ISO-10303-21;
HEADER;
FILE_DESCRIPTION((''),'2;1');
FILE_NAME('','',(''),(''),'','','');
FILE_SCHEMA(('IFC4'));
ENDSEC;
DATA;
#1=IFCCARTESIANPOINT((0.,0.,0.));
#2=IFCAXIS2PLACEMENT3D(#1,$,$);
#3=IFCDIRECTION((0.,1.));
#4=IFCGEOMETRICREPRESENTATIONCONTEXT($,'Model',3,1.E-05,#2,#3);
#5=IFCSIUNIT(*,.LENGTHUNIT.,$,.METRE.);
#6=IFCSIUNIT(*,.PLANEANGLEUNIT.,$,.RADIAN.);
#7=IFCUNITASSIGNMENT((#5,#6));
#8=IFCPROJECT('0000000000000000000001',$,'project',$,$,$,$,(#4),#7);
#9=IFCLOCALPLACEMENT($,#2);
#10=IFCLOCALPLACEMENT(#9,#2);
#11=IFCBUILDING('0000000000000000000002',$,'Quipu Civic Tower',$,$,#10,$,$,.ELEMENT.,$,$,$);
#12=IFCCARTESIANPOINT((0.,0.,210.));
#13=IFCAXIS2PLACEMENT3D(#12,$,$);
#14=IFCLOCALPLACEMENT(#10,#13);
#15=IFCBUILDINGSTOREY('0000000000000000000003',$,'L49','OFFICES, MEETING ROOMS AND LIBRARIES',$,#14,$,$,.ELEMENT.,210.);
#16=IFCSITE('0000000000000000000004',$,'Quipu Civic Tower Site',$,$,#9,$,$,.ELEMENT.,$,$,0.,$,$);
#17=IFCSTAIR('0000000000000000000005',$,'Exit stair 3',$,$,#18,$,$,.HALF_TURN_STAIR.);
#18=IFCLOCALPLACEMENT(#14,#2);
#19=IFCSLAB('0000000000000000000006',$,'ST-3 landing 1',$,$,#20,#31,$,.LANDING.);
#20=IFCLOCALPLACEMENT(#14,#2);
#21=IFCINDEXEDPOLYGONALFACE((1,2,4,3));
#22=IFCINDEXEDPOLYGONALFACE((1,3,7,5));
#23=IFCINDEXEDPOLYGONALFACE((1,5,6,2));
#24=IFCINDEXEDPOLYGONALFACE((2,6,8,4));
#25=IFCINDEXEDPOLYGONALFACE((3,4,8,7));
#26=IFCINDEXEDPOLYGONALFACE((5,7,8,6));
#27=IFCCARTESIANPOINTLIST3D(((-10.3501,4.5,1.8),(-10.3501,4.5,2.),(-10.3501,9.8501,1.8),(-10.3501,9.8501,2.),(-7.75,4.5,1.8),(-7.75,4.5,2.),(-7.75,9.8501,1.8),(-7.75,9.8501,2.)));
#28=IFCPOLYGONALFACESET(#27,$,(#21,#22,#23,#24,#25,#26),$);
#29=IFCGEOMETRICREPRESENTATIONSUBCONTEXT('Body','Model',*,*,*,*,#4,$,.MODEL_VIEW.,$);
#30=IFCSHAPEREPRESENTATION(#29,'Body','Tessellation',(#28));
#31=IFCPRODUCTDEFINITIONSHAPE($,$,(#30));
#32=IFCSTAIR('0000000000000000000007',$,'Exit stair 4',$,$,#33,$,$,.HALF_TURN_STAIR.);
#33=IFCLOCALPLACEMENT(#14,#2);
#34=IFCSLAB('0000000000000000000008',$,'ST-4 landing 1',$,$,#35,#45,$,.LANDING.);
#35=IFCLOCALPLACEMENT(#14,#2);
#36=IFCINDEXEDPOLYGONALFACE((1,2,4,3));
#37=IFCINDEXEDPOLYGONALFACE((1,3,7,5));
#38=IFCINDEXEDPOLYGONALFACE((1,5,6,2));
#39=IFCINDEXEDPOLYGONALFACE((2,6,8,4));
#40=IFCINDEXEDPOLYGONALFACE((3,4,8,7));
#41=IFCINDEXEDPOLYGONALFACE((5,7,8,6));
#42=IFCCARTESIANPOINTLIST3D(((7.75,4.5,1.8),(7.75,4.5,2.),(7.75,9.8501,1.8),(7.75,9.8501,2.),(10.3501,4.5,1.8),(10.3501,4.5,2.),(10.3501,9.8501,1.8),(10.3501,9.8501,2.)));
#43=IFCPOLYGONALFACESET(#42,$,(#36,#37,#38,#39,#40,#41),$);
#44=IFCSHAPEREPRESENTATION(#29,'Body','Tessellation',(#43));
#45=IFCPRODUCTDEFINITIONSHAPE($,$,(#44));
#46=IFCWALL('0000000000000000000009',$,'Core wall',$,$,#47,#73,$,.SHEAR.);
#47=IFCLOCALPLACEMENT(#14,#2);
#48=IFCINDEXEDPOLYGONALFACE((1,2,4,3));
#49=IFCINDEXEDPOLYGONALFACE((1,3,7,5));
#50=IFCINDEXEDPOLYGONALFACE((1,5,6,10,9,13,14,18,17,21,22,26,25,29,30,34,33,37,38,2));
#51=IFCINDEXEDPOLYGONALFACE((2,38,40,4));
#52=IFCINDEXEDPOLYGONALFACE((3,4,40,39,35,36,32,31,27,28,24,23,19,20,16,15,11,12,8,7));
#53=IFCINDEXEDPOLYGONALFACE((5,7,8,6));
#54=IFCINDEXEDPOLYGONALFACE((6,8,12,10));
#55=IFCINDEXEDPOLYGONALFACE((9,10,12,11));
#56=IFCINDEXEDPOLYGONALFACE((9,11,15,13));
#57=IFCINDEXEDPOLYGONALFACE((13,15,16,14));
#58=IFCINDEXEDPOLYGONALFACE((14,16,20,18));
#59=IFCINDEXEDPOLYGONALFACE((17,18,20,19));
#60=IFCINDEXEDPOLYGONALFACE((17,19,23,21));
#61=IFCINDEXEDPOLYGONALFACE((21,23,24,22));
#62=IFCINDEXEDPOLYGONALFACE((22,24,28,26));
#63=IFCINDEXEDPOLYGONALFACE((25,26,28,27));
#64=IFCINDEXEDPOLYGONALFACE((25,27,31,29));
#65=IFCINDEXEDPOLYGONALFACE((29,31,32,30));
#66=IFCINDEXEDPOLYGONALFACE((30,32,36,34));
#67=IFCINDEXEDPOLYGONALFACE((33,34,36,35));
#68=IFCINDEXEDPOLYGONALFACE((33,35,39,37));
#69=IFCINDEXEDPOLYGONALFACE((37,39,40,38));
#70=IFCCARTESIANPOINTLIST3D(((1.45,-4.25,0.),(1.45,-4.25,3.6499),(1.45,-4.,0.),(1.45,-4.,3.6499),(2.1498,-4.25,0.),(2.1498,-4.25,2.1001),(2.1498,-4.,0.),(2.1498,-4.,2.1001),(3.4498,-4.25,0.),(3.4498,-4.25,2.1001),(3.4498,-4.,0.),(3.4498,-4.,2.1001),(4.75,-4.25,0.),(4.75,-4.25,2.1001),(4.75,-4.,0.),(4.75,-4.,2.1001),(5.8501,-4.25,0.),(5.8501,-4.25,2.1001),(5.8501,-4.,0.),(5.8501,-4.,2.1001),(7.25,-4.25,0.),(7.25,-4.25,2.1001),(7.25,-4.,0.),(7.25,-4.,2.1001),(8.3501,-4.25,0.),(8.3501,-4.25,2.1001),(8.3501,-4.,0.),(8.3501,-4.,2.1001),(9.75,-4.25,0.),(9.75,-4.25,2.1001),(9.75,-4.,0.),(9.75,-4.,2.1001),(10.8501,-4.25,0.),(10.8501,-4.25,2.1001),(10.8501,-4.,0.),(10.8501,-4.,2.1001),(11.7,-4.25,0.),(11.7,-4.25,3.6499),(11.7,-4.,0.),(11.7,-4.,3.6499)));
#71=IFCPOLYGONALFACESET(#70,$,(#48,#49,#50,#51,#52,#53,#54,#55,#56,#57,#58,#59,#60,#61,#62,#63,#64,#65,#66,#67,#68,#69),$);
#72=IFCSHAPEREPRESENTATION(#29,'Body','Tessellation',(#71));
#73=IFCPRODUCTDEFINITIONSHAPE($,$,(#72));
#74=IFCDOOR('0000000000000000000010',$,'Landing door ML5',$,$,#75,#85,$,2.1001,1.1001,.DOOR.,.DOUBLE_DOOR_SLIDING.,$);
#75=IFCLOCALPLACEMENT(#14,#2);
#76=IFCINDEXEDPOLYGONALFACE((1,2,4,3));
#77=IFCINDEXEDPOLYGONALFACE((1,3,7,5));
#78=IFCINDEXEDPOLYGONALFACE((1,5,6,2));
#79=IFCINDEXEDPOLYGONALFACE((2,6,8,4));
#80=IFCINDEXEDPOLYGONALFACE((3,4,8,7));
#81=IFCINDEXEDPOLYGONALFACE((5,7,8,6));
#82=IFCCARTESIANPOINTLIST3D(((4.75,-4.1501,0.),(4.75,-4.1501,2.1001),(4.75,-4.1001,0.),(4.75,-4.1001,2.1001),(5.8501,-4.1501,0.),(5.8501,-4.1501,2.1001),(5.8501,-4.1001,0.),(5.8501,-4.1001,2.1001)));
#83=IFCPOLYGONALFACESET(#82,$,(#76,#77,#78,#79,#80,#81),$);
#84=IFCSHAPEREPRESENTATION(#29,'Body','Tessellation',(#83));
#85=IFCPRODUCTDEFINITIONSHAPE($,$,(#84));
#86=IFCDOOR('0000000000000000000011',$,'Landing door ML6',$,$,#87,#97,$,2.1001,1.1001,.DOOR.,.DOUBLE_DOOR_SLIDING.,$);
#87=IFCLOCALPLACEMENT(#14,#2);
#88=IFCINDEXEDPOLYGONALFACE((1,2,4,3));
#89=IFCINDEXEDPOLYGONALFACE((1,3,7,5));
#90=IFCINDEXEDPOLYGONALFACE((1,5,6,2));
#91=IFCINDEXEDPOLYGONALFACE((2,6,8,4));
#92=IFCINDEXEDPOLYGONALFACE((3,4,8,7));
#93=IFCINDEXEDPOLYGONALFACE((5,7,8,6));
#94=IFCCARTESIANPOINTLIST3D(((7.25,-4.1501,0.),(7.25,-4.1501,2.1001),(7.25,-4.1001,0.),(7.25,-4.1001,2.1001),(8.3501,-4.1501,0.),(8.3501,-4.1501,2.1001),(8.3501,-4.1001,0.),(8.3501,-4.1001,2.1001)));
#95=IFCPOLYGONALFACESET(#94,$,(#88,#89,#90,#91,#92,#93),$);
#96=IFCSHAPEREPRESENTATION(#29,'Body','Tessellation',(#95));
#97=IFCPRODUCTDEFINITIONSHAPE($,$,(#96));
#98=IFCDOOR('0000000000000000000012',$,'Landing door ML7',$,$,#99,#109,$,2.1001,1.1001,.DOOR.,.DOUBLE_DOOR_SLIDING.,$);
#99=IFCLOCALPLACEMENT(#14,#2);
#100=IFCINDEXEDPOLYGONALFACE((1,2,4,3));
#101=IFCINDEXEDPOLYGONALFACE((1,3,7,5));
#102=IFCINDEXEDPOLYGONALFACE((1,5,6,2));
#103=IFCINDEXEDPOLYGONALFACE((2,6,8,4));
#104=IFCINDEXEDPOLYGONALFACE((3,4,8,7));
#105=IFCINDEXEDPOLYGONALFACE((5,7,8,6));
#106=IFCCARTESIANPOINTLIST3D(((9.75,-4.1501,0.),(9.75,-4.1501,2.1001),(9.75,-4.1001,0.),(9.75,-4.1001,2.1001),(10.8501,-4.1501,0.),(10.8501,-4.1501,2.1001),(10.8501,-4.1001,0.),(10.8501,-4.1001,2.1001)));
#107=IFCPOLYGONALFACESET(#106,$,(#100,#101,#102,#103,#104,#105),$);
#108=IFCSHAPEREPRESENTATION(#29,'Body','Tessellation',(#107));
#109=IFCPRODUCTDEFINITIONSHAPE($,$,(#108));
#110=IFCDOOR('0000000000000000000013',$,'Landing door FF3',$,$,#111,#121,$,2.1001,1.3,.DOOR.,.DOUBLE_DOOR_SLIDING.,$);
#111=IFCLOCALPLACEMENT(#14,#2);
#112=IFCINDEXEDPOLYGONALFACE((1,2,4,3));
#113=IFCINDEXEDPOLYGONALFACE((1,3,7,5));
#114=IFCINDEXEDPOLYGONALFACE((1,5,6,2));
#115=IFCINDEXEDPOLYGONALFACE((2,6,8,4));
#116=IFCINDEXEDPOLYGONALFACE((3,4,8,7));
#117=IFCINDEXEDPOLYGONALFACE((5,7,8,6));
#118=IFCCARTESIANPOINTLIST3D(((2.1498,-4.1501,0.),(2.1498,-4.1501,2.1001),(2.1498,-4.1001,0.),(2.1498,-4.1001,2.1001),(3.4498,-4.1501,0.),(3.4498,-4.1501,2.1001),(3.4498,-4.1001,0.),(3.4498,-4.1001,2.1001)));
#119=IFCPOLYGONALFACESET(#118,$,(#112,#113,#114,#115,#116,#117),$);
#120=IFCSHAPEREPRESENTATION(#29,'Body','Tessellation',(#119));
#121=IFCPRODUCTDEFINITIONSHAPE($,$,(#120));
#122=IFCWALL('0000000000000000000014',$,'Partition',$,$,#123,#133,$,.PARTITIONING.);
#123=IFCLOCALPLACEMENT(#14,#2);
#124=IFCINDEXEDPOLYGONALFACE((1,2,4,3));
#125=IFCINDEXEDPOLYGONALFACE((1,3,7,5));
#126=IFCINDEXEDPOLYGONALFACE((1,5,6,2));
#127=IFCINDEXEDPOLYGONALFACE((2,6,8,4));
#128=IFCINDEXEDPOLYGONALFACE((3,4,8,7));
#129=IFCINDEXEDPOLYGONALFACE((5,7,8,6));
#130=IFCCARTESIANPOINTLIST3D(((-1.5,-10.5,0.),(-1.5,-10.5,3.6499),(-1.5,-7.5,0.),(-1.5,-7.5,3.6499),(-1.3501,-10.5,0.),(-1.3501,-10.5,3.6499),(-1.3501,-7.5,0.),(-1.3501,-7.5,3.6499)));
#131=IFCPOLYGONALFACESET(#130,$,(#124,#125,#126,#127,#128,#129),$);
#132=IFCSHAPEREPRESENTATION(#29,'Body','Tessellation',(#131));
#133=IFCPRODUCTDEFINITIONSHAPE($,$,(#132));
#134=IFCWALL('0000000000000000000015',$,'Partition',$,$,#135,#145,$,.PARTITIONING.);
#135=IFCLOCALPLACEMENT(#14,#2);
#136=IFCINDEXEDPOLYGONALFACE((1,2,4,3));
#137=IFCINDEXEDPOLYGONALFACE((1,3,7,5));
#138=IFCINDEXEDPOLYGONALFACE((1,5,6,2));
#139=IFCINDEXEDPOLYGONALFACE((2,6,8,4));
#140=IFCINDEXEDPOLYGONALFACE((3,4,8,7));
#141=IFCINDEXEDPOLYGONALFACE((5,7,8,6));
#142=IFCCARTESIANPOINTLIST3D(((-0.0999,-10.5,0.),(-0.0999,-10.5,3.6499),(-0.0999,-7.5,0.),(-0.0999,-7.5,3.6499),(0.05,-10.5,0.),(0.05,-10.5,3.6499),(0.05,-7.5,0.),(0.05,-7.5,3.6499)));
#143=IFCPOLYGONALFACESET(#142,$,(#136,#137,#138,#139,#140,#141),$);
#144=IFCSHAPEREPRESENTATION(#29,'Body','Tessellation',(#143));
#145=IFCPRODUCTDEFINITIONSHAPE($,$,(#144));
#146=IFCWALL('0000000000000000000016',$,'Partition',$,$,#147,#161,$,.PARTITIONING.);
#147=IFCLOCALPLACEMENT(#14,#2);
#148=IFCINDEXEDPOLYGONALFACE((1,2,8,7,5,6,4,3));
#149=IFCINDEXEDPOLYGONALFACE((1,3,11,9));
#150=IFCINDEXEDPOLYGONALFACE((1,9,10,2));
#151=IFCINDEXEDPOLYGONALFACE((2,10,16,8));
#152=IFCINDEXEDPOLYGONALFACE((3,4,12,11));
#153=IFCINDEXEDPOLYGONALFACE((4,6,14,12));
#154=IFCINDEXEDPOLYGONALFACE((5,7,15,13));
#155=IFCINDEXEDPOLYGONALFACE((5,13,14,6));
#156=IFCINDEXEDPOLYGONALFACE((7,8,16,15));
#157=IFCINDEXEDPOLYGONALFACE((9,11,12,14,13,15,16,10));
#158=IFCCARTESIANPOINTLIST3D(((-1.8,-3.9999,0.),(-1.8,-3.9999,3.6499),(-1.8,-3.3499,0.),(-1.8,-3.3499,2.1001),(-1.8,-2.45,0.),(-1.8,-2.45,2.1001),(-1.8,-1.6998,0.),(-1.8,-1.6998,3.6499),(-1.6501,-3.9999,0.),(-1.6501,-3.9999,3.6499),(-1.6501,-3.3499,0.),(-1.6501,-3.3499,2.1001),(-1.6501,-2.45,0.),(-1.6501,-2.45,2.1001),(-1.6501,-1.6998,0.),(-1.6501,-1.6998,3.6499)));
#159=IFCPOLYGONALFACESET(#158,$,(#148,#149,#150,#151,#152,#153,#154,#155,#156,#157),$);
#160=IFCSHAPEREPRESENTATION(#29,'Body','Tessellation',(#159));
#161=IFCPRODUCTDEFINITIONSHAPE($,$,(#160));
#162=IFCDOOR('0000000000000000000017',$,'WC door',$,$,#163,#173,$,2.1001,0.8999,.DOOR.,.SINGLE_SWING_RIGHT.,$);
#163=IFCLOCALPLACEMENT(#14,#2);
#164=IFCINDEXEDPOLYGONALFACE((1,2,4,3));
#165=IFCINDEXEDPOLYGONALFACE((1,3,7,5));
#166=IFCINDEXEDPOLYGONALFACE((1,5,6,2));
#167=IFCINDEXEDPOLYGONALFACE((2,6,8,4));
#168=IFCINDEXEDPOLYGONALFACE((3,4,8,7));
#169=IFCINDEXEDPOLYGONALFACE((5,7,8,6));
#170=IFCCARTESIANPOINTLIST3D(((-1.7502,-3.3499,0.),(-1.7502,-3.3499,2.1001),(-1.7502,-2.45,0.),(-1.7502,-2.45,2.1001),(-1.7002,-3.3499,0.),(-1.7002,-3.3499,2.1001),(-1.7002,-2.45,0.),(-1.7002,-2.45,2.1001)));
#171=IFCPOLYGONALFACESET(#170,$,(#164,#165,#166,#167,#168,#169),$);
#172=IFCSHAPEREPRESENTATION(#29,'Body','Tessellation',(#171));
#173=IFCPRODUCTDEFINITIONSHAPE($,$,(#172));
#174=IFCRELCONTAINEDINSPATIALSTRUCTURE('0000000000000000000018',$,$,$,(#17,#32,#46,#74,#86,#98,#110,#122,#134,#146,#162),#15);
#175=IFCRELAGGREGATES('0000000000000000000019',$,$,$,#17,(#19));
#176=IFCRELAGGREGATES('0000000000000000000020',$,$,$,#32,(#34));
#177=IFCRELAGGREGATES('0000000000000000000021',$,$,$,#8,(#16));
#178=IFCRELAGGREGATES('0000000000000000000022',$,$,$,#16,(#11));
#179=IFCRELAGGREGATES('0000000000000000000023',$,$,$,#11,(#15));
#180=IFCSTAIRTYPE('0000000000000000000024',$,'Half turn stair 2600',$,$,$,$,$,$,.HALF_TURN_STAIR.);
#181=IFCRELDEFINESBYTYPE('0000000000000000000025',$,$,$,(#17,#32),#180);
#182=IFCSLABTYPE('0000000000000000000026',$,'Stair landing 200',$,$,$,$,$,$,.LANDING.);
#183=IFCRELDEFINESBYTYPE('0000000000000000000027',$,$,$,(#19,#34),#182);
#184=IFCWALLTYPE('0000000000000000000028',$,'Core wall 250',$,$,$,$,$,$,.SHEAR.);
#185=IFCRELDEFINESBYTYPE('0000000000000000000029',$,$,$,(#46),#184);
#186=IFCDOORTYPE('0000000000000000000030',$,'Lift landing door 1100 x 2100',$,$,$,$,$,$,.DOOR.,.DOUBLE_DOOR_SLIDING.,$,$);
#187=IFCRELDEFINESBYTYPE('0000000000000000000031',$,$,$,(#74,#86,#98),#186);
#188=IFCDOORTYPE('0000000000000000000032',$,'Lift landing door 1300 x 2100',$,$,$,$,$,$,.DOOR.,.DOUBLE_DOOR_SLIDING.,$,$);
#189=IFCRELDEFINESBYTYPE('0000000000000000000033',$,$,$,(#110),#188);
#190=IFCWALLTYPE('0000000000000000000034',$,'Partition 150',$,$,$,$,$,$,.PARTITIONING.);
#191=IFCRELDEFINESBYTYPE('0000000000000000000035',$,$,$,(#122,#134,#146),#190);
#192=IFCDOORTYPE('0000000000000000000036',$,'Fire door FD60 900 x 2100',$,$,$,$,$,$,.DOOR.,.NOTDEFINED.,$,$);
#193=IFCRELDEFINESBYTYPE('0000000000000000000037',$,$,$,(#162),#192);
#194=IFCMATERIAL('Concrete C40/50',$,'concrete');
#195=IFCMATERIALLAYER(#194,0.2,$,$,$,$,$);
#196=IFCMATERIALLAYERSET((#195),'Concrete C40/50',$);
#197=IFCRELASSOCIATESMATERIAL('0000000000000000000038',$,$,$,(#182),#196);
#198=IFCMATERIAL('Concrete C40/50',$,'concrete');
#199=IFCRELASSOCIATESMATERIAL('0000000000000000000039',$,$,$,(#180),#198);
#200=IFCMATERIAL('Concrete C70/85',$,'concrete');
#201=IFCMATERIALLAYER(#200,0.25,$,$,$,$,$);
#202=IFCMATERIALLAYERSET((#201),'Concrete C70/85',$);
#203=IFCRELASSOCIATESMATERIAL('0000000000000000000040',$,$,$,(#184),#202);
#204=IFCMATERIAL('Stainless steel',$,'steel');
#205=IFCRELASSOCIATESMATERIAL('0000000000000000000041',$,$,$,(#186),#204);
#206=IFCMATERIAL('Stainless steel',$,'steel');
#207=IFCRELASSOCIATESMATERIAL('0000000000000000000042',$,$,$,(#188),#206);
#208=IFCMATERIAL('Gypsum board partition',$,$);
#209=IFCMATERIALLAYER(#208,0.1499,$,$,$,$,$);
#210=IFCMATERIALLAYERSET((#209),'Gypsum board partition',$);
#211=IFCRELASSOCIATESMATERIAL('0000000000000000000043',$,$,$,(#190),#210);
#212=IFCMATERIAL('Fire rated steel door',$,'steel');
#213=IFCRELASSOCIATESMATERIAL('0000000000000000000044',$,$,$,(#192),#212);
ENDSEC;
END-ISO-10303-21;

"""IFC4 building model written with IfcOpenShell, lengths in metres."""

from ifc_helpers import new_model, si_unit, direction, frame, frame_2d, origin, place, context, subcontext, project, spatial, polyline, rectangle, outline, extrude, material, layer, layer_set, type_object, element, fill, aggregate, save


model = new_model("IFC4")

# Units and contexts
model_context = context("Model", 3, precision=1e-05, world=origin(), true_north=direction((0.0, 1.0)))
body_context = subcontext(model_context, "Body", "Model", "MODEL_VIEW")
ifc_project = project(units=[si_unit("LENGTHUNIT", "METRE"), si_unit("PLANEANGLEUNIT", "RADIAN")], contexts=[model_context])

# Site, building, storey
site_placement = place(None, origin())
site = spatial("IfcSite", under=ifc_project, at=site_placement, Name="Quipu Civic Tower Site", CompositionType="ELEMENT", RefElevation=0.0)
building_placement = place(site_placement, origin())
building = spatial("IfcBuilding", under=site, at=building_placement, Name="Quipu Civic Tower", CompositionType="ELEMENT")
storey_placement = place(building_placement, frame((0.0, 0.0, 210.0)))
storey = spatial("IfcBuildingStorey", under=building, at=storey_placement, Name="L49", Description="OFFICES, MEETING ROOMS AND LIBRARIES", CompositionType="ELEMENT", Elevation=210.0)

# Stairs, slabs
ifc_material_1 = material(Name="Concrete C40/50", Category="concrete")
ifc_layer_1 = layer(ifc_material_1, 0.2)
ifc_layer_set_1 = layer_set([ifc_layer_1], Name="Concrete C40/50")
slab_type_1 = type_object("IfcSlabType", Name="Stair landing 200", PredefinedType="LANDING", material=ifc_layer_set_1)
ifc_material_2 = material(Name="Concrete C40/50", Category="concrete")
stair_type_1 = type_object("IfcStairType", Name="Half turn stair 2600", PredefinedType="HALF_TURN_STAIR", material=ifc_material_2)
stair_1_placement = place(storey_placement, origin())
stair_1 = element("IfcStair", 1, at=stair_1_placement, inside=storey, type_object=stair_type_1, Name="Exit stair 3", PredefinedType="HALF_TURN_STAIR")
slab_1_placement = place(storey_placement, frame((0.0, 0.0, 1.8)))
slab_1 = element("IfcSlab", 2, at=slab_1_placement, type_object=slab_type_1, Name="ST-3 landing 1", PredefinedType="LANDING", context=body_context, shape_type="SweptSolid", body=[
    extrude(outline(polyline([(-10.3501, 4.5), (-7.75, 4.5), (-7.75, 9.8501), (-10.3501, 9.8501), (-10.3501, 4.5)])), origin(), (0.0, 0.0, 1.0), 0.2),
])
aggregate(stair_1, [slab_1])
stair_2_placement = place(storey_placement, origin())
stair_2 = element("IfcStair", 3, at=stair_2_placement, inside=storey, type_object=stair_type_1, Name="Exit stair 4", PredefinedType="HALF_TURN_STAIR")
slab_2_placement = place(storey_placement, frame((0.0, 0.0, 1.8)))
slab_2 = element("IfcSlab", 4, at=slab_2_placement, type_object=slab_type_1, Name="ST-4 landing 1", PredefinedType="LANDING", context=body_context, shape_type="SweptSolid", body=[
    extrude(outline(polyline([(10.3501, 9.8501), (7.75, 9.8501), (7.75, 4.5), (10.3501, 4.5), (10.3501, 9.8501)])), origin(), (0.0, 0.0, 1.0), 0.2),
])
aggregate(stair_2, [slab_2])

# Wall, openings, doors
ifc_material_3 = material(Name="Concrete C70/85", Category="concrete")
ifc_layer_2 = layer(ifc_material_3, 0.25)
ifc_layer_set_2 = layer_set([ifc_layer_2], Name="Concrete C70/85")
wall_type_1 = type_object("IfcWallType", Name="Core wall 250", PredefinedType="SHEAR", material=ifc_layer_set_2)
wall_1_placement = place(storey_placement, frame((1.45, -4.125, 0.0), z_axis=(0.0, 0.0, 1.0), x_axis=(1.0, 0.0, 0.0)))
wall_1 = element("IfcWall", 5, at=wall_1_placement, inside=storey, type_object=wall_type_1, Name="Core wall", PredefinedType="SHEAR", context=body_context, shape_type="SweptSolid", body=[
    extrude(rectangle(XDim=10.25, YDim=0.25, at=frame_2d((5.125, 0.0))), origin(), (0.0, 0.0, 1.0), 3.6499),
])
opening_1_placement = place(wall_1_placement, frame((0.7, 0.0, 0.0)))
opening_1 = element("IfcOpeningElement", 6, at=opening_1_placement, cuts=wall_1, PredefinedType="OPENING", context=body_context, shape_type="SweptSolid", body=[
    extrude(rectangle(XDim=1.3, YDim=2.1001, at=frame_2d((0.6499, 1.05))), frame((0.0, 0.135, 0.0), z_axis=(0.0, -1.0, 0.0), x_axis=(1.0, 0.0, 0.0)), (0.0, 0.0, 1.0), 0.27),
])
opening_2_placement = place(wall_1_placement, frame((3.3, 0.0, 0.0)))
opening_2 = element("IfcOpeningElement", 7, at=opening_2_placement, cuts=wall_1, PredefinedType="OPENING", context=body_context, shape_type="SweptSolid", body=[
    extrude(rectangle(XDim=1.1001, YDim=2.1001, at=frame_2d((0.55, 1.05))), frame((0.0, 0.135, 0.0), z_axis=(0.0, -1.0, 0.0), x_axis=(1.0, 0.0, 0.0)), (0.0, 0.0, 1.0), 0.27),
])
opening_3_placement = place(wall_1_placement, frame((5.8, 0.0, 0.0)))
opening_3 = element("IfcOpeningElement", 8, at=opening_3_placement, cuts=wall_1, PredefinedType="OPENING", context=body_context, shape_type="SweptSolid", body=[
    extrude(rectangle(XDim=1.1001, YDim=2.1001, at=frame_2d((0.55, 1.05))), frame((0.0, 0.135, 0.0), z_axis=(0.0, -1.0, 0.0), x_axis=(1.0, 0.0, 0.0)), (0.0, 0.0, 1.0), 0.27),
])
opening_4_placement = place(wall_1_placement, frame((8.3, 0.0, 0.0)))
opening_4 = element("IfcOpeningElement", 9, at=opening_4_placement, cuts=wall_1, PredefinedType="OPENING", context=body_context, shape_type="SweptSolid", body=[
    extrude(rectangle(XDim=1.1001, YDim=2.1001, at=frame_2d((0.55, 1.05))), frame((0.0, 0.135, 0.0), z_axis=(0.0, -1.0, 0.0), x_axis=(1.0, 0.0, 0.0)), (0.0, 0.0, 1.0), 0.27),
])
ifc_material_4 = material(Name="Stainless steel", Category="steel")
door_type_1 = type_object("IfcDoorType", Name="Lift landing door 1100 x 2100", OperationType="DOUBLE_DOOR_SLIDING", PredefinedType="DOOR", material=ifc_material_4)
door_1_placement = place(opening_2_placement, origin())
door_1 = element("IfcDoor", 10, at=door_1_placement, inside=storey, type_object=door_type_1, Name="Landing door ML5", OperationType="DOUBLE_DOOR_SLIDING", OverallHeight=2.1001, OverallWidth=1.1001, PredefinedType="DOOR", context=body_context, shape_type="SweptSolid", body=[
    extrude(rectangle(XDim=1.1001, YDim=2.1001, at=frame_2d((0.55, 1.05))), frame((0.0, 0.0249, 0.0), z_axis=(0.0, -1.0, 0.0), x_axis=(1.0, 0.0, 0.0)), (0.0, 0.0, 1.0), 0.05),
])
fill(opening_2, door_1)
door_2_placement = place(opening_3_placement, origin())
door_2 = element("IfcDoor", 11, at=door_2_placement, inside=storey, type_object=door_type_1, Name="Landing door ML6", OperationType="DOUBLE_DOOR_SLIDING", OverallHeight=2.1001, OverallWidth=1.1001, PredefinedType="DOOR", context=body_context, shape_type="SweptSolid", body=[
    extrude(rectangle(XDim=1.1001, YDim=2.1001, at=frame_2d((0.55, 1.05))), frame((0.0, 0.0249, 0.0), z_axis=(0.0, -1.0, 0.0), x_axis=(1.0, 0.0, 0.0)), (0.0, 0.0, 1.0), 0.05),
])
fill(opening_3, door_2)
door_3_placement = place(opening_4_placement, origin())
door_3 = element("IfcDoor", 12, at=door_3_placement, inside=storey, type_object=door_type_1, Name="Landing door ML7", OperationType="DOUBLE_DOOR_SLIDING", OverallHeight=2.1001, OverallWidth=1.1001, PredefinedType="DOOR", context=body_context, shape_type="SweptSolid", body=[
    extrude(rectangle(XDim=1.1001, YDim=2.1001, at=frame_2d((0.55, 1.05))), frame((0.0, 0.0249, 0.0), z_axis=(0.0, -1.0, 0.0), x_axis=(1.0, 0.0, 0.0)), (0.0, 0.0, 1.0), 0.05),
])
fill(opening_4, door_3)
ifc_material_5 = material(Name="Stainless steel", Category="steel")
door_type_2 = type_object("IfcDoorType", Name="Lift landing door 1300 x 2100", OperationType="DOUBLE_DOOR_SLIDING", PredefinedType="DOOR", material=ifc_material_5)
door_4_placement = place(opening_1_placement, origin())
door_4 = element("IfcDoor", 13, at=door_4_placement, inside=storey, type_object=door_type_2, Name="Landing door FF3", OperationType="DOUBLE_DOOR_SLIDING", OverallHeight=2.1001, OverallWidth=1.3, PredefinedType="DOOR", context=body_context, shape_type="SweptSolid", body=[
    extrude(rectangle(XDim=1.3, YDim=2.1001, at=frame_2d((0.6499, 1.05))), frame((0.0, 0.0249, 0.0), z_axis=(0.0, -1.0, 0.0), x_axis=(1.0, 0.0, 0.0)), (0.0, 0.0, 1.0), 0.05),
])
fill(opening_1, door_4)

# Walls
ifc_material_6 = material(Name="Gypsum board partition")
ifc_layer_3 = layer(ifc_material_6, 0.1499)
ifc_layer_set_3 = layer_set([ifc_layer_3], Name="Gypsum board partition")
wall_type_2 = type_object("IfcWallType", Name="Partition 150", PredefinedType="PARTITIONING", material=ifc_layer_set_3)
for number, where, z_axis, x_axis, name in (
    (14, (-1.425, -10.5, 0.0), (0.0, 0.0, 1.0), (0.0, 1.0, 0.0), "Partition"),
    (15, (-0.0249, -10.5, 0.0), (0.0, 0.0, 1.0), (0.0, 1.0, 0.0), "Partition"),
):
    element("IfcWall", number, at=place(storey_placement, frame(where, z_axis=z_axis, x_axis=x_axis)), inside=storey, type_object=wall_type_2, Name=name, PredefinedType="PARTITIONING", context=body_context, shape_type="SweptSolid", body=[
        extrude(rectangle(XDim=3.0, YDim=0.1499, at=frame_2d((1.5, 0.0))), origin(), (0.0, 0.0, 1.0), 3.6499),
    ])

# Wall, opening, door
wall_2_placement = place(storey_placement, frame((-1.7251, -1.7, 0.0), z_axis=(0.0, 0.0, 1.0), x_axis=(0.0, -1.0, 0.0)))
wall_2 = element("IfcWall", 16, at=wall_2_placement, inside=storey, type_object=wall_type_2, Name="Partition", PredefinedType="PARTITIONING", context=body_context, shape_type="SweptSolid", body=[
    extrude(rectangle(XDim=2.3, YDim=0.1499, at=frame_2d((1.1499, 0.0))), origin(), (0.0, 0.0, 1.0), 3.6499),
])
opening_5_placement = place(wall_2_placement, frame((0.75, 0.0, 0.0)))
opening_5 = element("IfcOpeningElement", 17, at=opening_5_placement, cuts=wall_2, PredefinedType="OPENING", context=body_context, shape_type="SweptSolid", body=[
    extrude(rectangle(XDim=0.8999, YDim=2.1001, at=frame_2d((0.45, 1.05))), frame((0.0, 0.085, 0.0), z_axis=(0.0, -1.0, 0.0), x_axis=(1.0, 0.0, 0.0)), (0.0, 0.0, 1.0), 0.1699),
])
ifc_material_7 = material(Name="Fire rated steel door", Category="steel")
door_type_3 = type_object("IfcDoorType", Name="Fire door FD60 900 x 2100", OperationType="NOTDEFINED", PredefinedType="DOOR", material=ifc_material_7)
door_5_placement = place(opening_5_placement, origin())
door_5 = element("IfcDoor", 18, at=door_5_placement, inside=storey, type_object=door_type_3, Name="WC door", OperationType="SINGLE_SWING_RIGHT", OverallHeight=2.1001, OverallWidth=0.8999, PredefinedType="DOOR", context=body_context, shape_type="SweptSolid", body=[
    extrude(rectangle(XDim=0.8999, YDim=2.1001, at=frame_2d((0.45, 1.05))), frame((0.0, 0.0249, 0.0), z_axis=(0.0, -1.0, 0.0), x_axis=(1.0, 0.0, 0.0)), (0.0, 0.0, 1.0), 0.05),
])
fill(opening_5, door_5)

save(model, "model.ifc")
